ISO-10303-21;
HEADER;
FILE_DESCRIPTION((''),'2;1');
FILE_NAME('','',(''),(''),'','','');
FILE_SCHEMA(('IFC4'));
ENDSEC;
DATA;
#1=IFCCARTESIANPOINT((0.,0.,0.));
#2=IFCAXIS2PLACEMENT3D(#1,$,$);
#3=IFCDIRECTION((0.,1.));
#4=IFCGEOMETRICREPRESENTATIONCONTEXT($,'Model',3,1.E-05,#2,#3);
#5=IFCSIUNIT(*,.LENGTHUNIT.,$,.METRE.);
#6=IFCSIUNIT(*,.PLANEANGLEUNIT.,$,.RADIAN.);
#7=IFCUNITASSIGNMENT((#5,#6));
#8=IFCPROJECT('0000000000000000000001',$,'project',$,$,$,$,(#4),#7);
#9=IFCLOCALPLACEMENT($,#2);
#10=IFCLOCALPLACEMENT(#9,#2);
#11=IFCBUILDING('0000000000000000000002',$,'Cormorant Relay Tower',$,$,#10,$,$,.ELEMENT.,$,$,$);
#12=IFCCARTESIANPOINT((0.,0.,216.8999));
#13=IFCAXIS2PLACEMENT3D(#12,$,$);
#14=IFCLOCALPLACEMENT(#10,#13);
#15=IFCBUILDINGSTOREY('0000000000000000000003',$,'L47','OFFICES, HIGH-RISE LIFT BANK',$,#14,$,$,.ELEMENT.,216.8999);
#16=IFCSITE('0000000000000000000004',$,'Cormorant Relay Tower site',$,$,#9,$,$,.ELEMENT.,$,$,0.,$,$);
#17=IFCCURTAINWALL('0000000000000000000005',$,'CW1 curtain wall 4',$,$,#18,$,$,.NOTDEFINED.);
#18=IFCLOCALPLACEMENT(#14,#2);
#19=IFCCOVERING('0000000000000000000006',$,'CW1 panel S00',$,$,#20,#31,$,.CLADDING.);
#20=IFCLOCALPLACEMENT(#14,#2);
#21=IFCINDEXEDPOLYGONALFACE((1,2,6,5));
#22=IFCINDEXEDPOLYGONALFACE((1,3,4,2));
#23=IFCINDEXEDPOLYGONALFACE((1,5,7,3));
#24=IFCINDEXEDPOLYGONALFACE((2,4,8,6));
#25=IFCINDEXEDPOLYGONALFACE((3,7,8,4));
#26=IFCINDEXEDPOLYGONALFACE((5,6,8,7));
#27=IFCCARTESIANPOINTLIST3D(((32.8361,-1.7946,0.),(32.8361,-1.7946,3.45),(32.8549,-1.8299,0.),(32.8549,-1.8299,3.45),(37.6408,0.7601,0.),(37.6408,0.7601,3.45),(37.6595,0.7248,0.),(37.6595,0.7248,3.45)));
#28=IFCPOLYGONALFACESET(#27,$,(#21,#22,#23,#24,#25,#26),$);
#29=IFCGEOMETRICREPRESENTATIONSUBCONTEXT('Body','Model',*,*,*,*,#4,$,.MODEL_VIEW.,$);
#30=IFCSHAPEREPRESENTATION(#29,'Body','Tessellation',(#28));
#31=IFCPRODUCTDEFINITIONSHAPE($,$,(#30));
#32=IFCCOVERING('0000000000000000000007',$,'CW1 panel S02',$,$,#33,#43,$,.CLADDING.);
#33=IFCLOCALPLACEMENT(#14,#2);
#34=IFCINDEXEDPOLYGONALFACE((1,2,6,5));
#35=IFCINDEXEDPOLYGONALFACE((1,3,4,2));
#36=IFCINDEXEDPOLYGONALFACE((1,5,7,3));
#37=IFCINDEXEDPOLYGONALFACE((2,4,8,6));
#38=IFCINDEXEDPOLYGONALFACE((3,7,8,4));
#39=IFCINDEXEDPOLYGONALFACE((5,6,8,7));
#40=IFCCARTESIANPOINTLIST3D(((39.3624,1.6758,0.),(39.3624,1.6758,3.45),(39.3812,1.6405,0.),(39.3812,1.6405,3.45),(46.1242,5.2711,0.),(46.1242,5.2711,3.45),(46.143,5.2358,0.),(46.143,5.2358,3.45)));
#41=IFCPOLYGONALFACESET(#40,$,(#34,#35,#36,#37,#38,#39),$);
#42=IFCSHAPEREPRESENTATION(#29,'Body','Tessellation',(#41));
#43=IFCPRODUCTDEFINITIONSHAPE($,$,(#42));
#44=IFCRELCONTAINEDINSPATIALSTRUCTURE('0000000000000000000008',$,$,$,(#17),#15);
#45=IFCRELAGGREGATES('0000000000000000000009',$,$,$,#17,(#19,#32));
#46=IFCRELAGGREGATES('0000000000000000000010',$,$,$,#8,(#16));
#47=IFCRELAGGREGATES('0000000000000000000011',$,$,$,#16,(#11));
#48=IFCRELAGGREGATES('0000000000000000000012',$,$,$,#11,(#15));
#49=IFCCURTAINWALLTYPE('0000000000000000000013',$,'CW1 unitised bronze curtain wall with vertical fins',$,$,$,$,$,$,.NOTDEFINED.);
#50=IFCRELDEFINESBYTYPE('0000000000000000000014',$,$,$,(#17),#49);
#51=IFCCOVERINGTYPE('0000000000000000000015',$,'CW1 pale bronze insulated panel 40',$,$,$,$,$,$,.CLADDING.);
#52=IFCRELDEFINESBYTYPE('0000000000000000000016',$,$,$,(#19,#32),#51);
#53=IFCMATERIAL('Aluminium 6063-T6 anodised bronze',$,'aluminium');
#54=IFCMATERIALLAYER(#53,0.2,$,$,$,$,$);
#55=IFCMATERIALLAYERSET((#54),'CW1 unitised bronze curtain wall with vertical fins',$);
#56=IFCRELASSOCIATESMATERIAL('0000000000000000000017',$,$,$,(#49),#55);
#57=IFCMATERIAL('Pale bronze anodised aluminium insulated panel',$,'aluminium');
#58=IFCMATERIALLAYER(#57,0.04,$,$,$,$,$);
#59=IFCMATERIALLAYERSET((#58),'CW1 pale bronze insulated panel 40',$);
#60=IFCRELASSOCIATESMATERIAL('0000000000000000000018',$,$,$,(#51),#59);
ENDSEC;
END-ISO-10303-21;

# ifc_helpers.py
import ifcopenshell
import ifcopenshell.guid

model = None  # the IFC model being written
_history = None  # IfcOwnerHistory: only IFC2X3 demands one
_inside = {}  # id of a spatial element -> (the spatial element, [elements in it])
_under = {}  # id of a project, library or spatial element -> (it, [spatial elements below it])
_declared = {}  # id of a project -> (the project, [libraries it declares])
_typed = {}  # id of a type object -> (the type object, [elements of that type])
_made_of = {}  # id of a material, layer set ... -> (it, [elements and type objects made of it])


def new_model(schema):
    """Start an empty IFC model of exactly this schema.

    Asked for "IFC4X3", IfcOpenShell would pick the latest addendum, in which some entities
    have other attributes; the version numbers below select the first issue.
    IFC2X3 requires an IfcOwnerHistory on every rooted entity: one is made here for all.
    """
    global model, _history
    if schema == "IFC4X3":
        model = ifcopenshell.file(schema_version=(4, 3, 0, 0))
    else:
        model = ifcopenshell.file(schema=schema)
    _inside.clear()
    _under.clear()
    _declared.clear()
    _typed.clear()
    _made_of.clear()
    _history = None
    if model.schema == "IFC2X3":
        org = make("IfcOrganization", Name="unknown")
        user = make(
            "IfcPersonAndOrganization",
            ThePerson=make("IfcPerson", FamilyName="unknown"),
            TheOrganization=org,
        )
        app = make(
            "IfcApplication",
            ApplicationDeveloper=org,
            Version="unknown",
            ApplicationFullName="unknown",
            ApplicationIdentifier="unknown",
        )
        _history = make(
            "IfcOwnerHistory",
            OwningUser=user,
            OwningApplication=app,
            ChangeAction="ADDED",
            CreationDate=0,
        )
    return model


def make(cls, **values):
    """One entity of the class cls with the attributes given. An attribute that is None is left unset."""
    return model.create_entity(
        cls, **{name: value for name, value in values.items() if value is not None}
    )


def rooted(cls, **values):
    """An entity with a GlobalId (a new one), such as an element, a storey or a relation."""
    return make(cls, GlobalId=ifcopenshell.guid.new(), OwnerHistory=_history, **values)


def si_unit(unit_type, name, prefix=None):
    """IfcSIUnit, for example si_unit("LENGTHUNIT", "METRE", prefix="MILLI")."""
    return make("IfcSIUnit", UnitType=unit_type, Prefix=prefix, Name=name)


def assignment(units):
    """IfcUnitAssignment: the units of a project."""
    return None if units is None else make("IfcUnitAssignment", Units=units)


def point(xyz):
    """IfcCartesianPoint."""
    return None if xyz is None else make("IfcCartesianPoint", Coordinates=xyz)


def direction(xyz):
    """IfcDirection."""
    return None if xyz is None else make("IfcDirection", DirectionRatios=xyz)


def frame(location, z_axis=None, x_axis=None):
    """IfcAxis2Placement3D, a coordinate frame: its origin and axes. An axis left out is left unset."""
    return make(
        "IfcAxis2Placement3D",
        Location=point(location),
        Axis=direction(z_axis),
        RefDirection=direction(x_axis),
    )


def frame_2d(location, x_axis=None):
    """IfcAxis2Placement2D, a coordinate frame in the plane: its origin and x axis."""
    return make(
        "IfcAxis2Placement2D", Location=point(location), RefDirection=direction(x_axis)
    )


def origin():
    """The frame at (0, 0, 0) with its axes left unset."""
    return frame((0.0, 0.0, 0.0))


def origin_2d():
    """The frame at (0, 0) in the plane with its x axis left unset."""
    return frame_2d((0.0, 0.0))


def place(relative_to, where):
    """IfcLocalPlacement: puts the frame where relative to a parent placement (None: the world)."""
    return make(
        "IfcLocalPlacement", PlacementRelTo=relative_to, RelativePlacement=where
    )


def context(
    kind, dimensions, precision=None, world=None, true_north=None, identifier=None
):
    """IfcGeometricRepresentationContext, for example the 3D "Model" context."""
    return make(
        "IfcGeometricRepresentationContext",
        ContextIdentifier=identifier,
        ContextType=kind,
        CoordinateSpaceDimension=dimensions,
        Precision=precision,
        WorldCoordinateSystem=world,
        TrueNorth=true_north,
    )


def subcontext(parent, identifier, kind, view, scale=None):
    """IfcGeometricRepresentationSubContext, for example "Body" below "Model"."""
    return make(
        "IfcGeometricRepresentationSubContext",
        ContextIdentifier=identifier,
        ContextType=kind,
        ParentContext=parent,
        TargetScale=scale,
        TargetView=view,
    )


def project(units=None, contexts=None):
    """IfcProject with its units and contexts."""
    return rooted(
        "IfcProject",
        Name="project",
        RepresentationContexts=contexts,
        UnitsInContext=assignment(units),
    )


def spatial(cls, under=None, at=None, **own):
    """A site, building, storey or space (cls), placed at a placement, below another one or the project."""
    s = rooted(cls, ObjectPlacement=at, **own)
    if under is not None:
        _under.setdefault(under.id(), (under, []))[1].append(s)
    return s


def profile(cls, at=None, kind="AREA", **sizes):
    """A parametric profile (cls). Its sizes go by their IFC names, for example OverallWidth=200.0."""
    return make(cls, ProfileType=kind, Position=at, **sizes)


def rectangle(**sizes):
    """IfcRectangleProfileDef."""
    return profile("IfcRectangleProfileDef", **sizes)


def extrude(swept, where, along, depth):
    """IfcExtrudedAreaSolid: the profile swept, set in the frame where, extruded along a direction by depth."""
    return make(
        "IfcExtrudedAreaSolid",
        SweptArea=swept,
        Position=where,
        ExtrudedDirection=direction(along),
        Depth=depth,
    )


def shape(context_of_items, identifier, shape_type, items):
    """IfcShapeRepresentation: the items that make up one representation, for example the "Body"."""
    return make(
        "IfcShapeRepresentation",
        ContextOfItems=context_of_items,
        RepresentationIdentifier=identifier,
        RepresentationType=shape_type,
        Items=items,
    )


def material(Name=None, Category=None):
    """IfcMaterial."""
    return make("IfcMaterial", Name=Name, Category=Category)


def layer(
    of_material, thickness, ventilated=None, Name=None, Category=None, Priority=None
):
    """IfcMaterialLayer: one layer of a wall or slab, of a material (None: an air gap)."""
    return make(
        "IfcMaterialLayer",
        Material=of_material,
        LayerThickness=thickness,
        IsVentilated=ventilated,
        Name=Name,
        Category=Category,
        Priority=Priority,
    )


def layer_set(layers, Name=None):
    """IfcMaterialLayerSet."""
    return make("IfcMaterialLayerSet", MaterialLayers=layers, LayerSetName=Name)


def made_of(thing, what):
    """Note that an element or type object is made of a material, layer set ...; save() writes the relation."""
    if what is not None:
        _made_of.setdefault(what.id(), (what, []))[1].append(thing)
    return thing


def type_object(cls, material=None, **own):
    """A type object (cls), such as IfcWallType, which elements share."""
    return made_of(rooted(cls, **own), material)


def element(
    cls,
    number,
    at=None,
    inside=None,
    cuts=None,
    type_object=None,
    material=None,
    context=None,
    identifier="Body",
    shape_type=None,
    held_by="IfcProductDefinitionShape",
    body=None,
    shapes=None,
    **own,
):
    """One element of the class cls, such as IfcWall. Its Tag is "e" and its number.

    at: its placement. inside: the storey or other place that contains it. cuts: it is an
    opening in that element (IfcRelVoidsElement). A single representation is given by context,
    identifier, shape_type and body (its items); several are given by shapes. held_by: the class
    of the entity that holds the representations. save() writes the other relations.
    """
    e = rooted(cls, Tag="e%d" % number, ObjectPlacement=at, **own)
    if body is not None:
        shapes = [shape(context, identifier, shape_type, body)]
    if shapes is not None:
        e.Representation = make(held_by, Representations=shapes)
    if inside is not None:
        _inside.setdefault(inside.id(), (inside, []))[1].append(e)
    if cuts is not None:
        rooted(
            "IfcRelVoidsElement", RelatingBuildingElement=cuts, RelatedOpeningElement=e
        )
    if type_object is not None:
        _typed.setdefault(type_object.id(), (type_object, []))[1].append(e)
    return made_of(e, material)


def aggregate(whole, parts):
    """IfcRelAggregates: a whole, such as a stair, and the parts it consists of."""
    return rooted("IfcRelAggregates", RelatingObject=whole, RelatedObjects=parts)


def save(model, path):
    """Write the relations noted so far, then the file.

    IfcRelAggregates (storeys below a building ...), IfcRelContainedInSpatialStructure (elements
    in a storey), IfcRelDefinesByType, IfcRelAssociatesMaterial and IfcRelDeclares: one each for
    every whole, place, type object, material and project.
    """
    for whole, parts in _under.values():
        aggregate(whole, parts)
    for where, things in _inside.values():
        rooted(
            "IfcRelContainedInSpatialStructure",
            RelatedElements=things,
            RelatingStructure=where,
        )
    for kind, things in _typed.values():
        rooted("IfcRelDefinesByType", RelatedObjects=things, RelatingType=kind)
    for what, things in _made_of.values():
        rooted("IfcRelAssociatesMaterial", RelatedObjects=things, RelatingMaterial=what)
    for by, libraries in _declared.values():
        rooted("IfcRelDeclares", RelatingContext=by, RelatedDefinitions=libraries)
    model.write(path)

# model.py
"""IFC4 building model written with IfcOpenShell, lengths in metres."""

from ifc_helpers import new_model, si_unit, direction, frame, origin, origin_2d, place, context, subcontext, project, spatial, rectangle, extrude, material, layer, layer_set, type_object, element, aggregate, save


model = new_model("IFC4")

# Units and contexts
model_context = context("Model", 3, precision=1e-05, world=origin(), true_north=direction((0.0, 1.0)))
body_context = subcontext(model_context, "Body", "Model", "MODEL_VIEW")
ifc_project = project(units=[si_unit("LENGTHUNIT", "METRE"), si_unit("PLANEANGLEUNIT", "RADIAN")], contexts=[model_context])

# Site, building, storey
site_placement = place(None, origin())
site = spatial("IfcSite", under=ifc_project, at=site_placement, Name="Cormorant Relay Tower site", CompositionType="ELEMENT", RefElevation=0.0)
building_placement = place(site_placement, origin())
building = spatial("IfcBuilding", under=site, at=building_placement, Name="Cormorant Relay Tower", CompositionType="ELEMENT")
storey_placement = place(building_placement, frame((0.0, 0.0, 216.8999)))
storey = spatial("IfcBuildingStorey", under=building, at=storey_placement, Name="L47", Description="OFFICES, HIGH-RISE LIFT BANK", CompositionType="ELEMENT", Elevation=216.8999)

# Shared definitions
ifc_material_1 = material(Name="Aluminium 6063-T6 anodised bronze", Category="aluminium")
ifc_layer_1 = layer(ifc_material_1, 0.2)
ifc_layer_set_1 = layer_set([ifc_layer_1], Name="CW1 unitised bronze curtain wall with vertical fins")
curtain_wall_type = type_object("IfcCurtainWallType", Name="CW1 unitised bronze curtain wall with vertical fins", PredefinedType="NOTDEFINED", material=ifc_layer_set_1)

# Curtain wall
curtain_wall_1_placement = place(storey_placement, origin())
curtain_wall_1 = element("IfcCurtainWall", 1, at=curtain_wall_1_placement, inside=storey, type_object=curtain_wall_type, Name="CW1 curtain wall 4", PredefinedType="NOTDEFINED")

# Coverings
ifc_material_2 = material(Name="Pale bronze anodised aluminium insulated panel", Category="aluminium")
ifc_layer_2 = layer(ifc_material_2, 0.04)
ifc_layer_set_2 = layer_set([ifc_layer_2], Name="CW1 pale bronze insulated panel 40")
covering_type = type_object("IfcCoveringType", Name="CW1 pale bronze insulated panel 40", PredefinedType="CLADDING", material=ifc_layer_set_2)
covering_1_placement = place(storey_placement, frame((35.2478, -0.5349, 0.0), z_axis=(0.0, 0.0, 1.0), x_axis=(0.882948, 0.469472, 0.0)))
covering_1 = element("IfcCovering", 2, at=covering_1_placement, type_object=covering_type, Name="CW1 panel S00", PredefinedType="CLADDING", context=body_context, shape_type="SweptSolid", body=[
    extrude(rectangle(XDim=5.4417, YDim=0.04, at=origin_2d()), origin(), (0.0, 0.0, 1.0), 3.45),
])
covering_2_placement = place(storey_placement, frame((42.7527, 3.4558, 0.0), z_axis=(0.0, 0.0, 1.0), x_axis=(0.882948, 0.469472, 0.0)))
covering_2 = element("IfcCovering", 3, at=covering_2_placement, type_object=covering_type, Name="CW1 panel S02", PredefinedType="CLADDING", context=body_context, shape_type="SweptSolid", body=[
    extrude(rectangle(XDim=7.6582, YDim=0.04, at=origin_2d()), origin(), (0.0, 0.0, 1.0), 3.45),
])
aggregate(curtain_wall_1, [covering_1, covering_2])

save(model, "model.ifc")
